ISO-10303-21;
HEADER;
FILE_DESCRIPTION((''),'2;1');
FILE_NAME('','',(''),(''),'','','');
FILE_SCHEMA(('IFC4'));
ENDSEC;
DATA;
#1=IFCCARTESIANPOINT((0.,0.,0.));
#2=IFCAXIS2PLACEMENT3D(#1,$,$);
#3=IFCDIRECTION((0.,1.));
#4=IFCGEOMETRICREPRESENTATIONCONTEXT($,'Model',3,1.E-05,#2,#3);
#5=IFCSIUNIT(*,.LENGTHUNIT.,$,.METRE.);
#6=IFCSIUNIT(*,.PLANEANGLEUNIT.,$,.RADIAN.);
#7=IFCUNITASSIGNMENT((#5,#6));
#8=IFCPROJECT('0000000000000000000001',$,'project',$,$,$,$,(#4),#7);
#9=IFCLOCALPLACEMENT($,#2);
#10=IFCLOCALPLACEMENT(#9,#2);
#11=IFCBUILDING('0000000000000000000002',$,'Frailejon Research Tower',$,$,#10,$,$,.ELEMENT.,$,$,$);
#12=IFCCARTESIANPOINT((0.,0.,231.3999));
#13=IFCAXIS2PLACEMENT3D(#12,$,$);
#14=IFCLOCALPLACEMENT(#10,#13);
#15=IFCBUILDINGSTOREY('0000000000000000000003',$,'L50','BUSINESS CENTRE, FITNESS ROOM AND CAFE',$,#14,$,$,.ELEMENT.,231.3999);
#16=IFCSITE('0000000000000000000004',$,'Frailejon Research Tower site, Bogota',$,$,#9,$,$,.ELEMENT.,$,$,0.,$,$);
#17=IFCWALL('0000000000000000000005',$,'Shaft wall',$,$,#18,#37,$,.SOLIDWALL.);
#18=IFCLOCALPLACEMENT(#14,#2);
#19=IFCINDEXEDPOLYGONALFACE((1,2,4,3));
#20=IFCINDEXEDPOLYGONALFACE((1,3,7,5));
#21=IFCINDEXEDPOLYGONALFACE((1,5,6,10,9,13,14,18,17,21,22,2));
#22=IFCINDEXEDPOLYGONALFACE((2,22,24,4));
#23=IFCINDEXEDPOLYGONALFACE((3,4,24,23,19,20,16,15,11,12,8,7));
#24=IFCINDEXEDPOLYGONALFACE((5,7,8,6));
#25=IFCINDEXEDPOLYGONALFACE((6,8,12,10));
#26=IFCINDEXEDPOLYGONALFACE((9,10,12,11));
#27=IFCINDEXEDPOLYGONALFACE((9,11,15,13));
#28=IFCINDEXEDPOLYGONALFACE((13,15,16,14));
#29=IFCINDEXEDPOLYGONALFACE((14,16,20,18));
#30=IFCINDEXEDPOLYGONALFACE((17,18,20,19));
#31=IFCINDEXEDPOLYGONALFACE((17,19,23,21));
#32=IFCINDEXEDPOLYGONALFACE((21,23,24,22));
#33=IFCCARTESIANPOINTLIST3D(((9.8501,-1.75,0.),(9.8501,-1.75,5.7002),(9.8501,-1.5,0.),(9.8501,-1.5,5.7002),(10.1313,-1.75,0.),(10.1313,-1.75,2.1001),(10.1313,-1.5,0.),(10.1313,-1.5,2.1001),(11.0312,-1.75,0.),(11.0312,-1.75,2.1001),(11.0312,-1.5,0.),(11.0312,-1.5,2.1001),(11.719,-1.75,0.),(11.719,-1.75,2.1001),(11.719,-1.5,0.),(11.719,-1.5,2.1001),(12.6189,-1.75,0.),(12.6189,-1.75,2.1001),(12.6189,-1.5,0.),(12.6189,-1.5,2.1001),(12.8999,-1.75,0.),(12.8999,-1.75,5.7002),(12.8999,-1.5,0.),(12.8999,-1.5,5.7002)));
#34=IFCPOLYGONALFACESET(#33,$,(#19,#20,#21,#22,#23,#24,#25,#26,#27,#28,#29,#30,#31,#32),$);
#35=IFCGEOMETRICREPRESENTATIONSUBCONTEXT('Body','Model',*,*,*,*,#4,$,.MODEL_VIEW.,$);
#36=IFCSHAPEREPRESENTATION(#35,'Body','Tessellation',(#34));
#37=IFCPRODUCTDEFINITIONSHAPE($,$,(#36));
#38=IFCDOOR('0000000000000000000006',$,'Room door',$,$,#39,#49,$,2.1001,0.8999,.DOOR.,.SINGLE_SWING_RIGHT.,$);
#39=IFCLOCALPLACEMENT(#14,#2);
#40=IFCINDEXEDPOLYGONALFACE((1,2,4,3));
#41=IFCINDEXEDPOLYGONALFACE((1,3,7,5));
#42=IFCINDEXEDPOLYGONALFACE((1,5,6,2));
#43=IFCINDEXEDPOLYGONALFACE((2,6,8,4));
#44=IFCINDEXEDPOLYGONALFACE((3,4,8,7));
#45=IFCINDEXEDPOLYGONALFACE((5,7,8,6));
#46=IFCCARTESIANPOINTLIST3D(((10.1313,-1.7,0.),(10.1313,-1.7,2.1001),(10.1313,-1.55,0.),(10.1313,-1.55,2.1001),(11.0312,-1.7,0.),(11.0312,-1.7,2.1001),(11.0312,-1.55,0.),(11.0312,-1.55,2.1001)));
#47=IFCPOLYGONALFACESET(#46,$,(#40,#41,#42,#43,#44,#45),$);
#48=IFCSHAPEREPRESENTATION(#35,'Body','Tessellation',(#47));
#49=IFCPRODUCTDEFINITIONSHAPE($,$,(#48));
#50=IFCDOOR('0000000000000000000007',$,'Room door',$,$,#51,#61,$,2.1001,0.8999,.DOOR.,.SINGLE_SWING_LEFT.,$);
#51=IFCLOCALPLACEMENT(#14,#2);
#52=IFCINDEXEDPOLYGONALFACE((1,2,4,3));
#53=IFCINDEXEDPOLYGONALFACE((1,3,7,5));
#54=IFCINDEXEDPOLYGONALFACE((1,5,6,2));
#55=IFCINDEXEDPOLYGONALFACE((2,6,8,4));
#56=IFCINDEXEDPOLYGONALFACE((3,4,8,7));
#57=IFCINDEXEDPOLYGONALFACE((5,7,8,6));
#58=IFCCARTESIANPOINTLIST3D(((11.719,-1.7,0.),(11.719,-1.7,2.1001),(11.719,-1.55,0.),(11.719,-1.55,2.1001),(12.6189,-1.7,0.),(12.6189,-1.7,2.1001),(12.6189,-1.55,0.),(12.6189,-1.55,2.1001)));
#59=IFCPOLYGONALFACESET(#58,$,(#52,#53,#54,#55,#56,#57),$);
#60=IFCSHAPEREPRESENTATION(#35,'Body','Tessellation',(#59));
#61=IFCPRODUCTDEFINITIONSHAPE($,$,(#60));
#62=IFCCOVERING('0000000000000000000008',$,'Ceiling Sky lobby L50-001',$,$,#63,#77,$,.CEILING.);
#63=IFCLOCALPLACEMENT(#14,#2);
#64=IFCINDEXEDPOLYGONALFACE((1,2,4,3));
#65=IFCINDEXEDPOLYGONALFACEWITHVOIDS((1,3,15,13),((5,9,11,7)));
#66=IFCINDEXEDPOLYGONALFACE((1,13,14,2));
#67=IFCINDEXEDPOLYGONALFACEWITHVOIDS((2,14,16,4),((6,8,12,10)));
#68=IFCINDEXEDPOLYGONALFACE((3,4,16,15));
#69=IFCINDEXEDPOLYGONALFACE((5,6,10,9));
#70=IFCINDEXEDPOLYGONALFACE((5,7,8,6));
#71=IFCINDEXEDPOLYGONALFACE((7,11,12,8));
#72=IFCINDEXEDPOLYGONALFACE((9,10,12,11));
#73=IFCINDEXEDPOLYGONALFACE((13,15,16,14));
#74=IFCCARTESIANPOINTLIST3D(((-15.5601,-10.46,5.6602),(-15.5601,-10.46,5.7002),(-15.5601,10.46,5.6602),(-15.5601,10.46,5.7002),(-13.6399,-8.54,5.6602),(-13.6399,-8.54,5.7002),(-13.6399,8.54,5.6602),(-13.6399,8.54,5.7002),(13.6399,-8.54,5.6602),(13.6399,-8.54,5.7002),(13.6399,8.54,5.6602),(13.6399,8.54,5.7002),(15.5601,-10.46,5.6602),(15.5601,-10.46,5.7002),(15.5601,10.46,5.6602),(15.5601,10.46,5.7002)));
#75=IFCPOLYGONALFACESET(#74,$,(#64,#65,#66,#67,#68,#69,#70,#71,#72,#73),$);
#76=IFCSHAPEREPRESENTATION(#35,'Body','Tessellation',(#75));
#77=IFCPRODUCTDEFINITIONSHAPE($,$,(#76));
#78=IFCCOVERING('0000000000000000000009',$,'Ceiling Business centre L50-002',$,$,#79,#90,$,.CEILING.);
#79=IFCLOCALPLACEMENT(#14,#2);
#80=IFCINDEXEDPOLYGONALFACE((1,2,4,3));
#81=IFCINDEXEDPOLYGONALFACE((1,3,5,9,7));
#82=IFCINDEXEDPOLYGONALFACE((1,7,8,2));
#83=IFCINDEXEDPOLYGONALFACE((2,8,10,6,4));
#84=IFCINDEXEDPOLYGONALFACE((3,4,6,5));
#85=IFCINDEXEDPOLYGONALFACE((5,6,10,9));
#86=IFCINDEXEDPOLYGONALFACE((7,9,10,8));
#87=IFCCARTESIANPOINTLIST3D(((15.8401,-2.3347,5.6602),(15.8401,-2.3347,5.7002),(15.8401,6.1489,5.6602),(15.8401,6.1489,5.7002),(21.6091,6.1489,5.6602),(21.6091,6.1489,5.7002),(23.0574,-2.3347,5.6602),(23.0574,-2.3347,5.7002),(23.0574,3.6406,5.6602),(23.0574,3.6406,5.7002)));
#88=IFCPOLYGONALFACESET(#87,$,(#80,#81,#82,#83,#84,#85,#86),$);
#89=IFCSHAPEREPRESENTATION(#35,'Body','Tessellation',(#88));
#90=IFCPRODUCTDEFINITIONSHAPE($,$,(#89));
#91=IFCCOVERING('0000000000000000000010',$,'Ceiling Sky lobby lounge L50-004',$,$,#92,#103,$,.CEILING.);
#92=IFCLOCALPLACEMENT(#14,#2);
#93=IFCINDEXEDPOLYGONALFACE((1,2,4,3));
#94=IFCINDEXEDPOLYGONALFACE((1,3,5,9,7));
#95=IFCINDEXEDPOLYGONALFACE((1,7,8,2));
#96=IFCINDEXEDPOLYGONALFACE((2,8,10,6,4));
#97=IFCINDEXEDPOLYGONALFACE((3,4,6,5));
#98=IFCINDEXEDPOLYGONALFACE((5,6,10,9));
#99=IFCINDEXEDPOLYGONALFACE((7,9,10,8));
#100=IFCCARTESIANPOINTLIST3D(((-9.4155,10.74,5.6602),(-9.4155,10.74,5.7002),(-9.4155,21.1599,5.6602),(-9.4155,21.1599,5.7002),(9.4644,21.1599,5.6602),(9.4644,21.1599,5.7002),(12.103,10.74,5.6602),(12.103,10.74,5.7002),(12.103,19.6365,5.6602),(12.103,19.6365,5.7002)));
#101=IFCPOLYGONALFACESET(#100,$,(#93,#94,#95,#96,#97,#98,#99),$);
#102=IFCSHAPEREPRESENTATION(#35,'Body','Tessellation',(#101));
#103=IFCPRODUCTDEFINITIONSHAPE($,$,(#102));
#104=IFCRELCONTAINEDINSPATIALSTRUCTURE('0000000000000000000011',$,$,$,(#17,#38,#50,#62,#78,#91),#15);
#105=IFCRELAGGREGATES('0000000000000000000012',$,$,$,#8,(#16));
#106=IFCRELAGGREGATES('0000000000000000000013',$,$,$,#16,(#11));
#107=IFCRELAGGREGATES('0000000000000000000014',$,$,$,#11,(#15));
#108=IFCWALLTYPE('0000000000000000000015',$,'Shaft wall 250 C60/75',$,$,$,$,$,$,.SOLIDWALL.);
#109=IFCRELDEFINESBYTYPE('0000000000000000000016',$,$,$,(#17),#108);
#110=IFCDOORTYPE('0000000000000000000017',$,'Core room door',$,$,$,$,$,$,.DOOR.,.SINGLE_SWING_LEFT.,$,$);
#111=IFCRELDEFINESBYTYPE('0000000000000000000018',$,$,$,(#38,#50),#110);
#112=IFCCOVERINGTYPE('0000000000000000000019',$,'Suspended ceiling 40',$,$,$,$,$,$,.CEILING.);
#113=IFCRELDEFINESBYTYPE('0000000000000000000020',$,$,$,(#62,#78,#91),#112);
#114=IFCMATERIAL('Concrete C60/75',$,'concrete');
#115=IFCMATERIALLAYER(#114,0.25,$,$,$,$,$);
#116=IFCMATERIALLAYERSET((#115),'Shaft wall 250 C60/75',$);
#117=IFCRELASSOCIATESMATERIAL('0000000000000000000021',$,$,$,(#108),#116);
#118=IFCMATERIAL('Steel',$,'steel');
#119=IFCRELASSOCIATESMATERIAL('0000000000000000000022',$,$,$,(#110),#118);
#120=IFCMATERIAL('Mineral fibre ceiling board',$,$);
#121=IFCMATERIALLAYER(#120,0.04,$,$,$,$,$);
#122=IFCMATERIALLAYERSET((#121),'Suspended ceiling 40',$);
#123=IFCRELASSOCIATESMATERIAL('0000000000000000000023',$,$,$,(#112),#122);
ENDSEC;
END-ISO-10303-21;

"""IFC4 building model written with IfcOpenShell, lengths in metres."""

from ifc_helpers import new_model, si_unit, direction, frame, frame_2d, origin, place, context, subcontext, project, spatial, polyline, rectangle, outline, extrude, material, layer, layer_set, type_object, element, fill, save


model = new_model("IFC4")

# Units and contexts
model_context = context("Model", 3, precision=1e-05, world=origin(), true_north=direction((0.0, 1.0)))
body_context = subcontext(model_context, "Body", "Model", "MODEL_VIEW")
ifc_project = project(units=[si_unit("LENGTHUNIT", "METRE"), si_unit("PLANEANGLEUNIT", "RADIAN")], contexts=[model_context])

# Site, building, storey
site_placement = place(None, origin())
site = spatial("IfcSite", under=ifc_project, at=site_placement, Name="Frailejon Research Tower site, Bogota", CompositionType="ELEMENT", RefElevation=0.0)
building_placement = place(site_placement, origin())
building = spatial("IfcBuilding", under=site, at=building_placement, Name="Frailejon Research Tower", CompositionType="ELEMENT")
storey_placement = place(building_placement, frame((0.0, 0.0, 231.3999)))
storey = spatial("IfcBuildingStorey", under=building, at=storey_placement, Name="L50", Description="BUSINESS CENTRE, FITNESS ROOM AND CAFE", CompositionType="ELEMENT", Elevation=231.3999)

# Wall, openings, doors
ifc_material_1 = material(Name="Concrete C60/75", Category="concrete")
ifc_layer_1 = layer(ifc_material_1, 0.25)
ifc_layer_set_1 = layer_set([ifc_layer_1], Name="Shaft wall 250 C60/75")
wall_type = type_object("IfcWallType", Name="Shaft wall 250 C60/75", PredefinedType="SOLIDWALL", material=ifc_layer_set_1)
wall_placement = place(storey_placement, frame((9.8501, -1.625, 0.0), z_axis=(0.0, 0.0, 1.0), x_axis=(1.0, 0.0, 0.0)))
wall = element("IfcWall", 1, at=wall_placement, inside=storey, type_object=wall_type, Name="Shaft wall", PredefinedType="SOLIDWALL", context=body_context, shape_type="SweptSolid", body=[
    extrude(rectangle(XDim=3.0498, YDim=0.25, at=frame_2d((1.5249, 0.0))), origin(), (0.0, 0.0, 1.0), 5.7002),
])
opening_1_placement = place(wall_placement, frame((0.2812, 0.0, 0.0)))
opening_1 = element("IfcOpeningElement", 2, at=opening_1_placement, cuts=wall, PredefinedType="OPENING", context=body_context, shape_type="SweptSolid", body=[
    extrude(rectangle(XDim=0.8999, YDim=2.1001, at=frame_2d((0.45, 1.05))), frame((0.0, 0.135, 0.0), z_axis=(0.0, -1.0, 0.0), x_axis=(1.0, 0.0, 0.0)), (0.0, 0.0, 1.0), 0.27),
])
opening_2_placement = place(wall_placement, frame((1.8689, 0.0, 0.0)))
opening_2 = element("IfcOpeningElement", 3, at=opening_2_placement, cuts=wall, PredefinedType="OPENING", context=body_context, shape_type="SweptSolid", body=[
    extrude(rectangle(XDim=0.8999, YDim=2.1001, at=frame_2d((0.45, 1.05))), frame((0.0, 0.135, 0.0), z_axis=(0.0, -1.0, 0.0), x_axis=(1.0, 0.0, 0.0)), (0.0, 0.0, 1.0), 0.27),
])
ifc_material_2 = material(Name="Steel", Category="steel")
door_type = type_object("IfcDoorType", Name="Core room door", OperationType="SINGLE_SWING_LEFT", PredefinedType="DOOR", material=ifc_material_2)
door_1_placement = place(opening_1_placement, origin())
door_1 = element("IfcDoor", 4, at=door_1_placement, inside=storey, type_object=door_type, Name="Room door", OperationType="SINGLE_SWING_RIGHT", OverallHeight=2.1001, OverallWidth=0.8999, PredefinedType="DOOR", context=body_context, shape_type="SweptSolid", body=[
    extrude(rectangle(XDim=0.8999, YDim=2.1001, at=frame_2d((0.45, 1.05))), frame((0.0, 0.075, 0.0), z_axis=(0.0, -1.0, 0.0), x_axis=(1.0, 0.0, 0.0)), (0.0, 0.0, 1.0), 0.1499),
])
fill(opening_1, door_1)
door_2_placement = place(opening_2_placement, origin())
door_2 = element("IfcDoor", 5, at=door_2_placement, inside=storey, type_object=door_type, Name="Room door", OperationType="SINGLE_SWING_LEFT", OverallHeight=2.1001, OverallWidth=0.8999, PredefinedType="DOOR", context=body_context, shape_type="SweptSolid", body=[
    extrude(rectangle(XDim=0.8999, YDim=2.1001, at=frame_2d((0.45, 1.05))), frame((0.0, 0.075, 0.0), z_axis=(0.0, -1.0, 0.0), x_axis=(1.0, 0.0, 0.0)), (0.0, 0.0, 1.0), 0.1499),
])
fill(opening_2, door_2)

# Coverings
ifc_material_3 = material(Name="Mineral fibre ceiling board")
ifc_layer_2 = layer(ifc_material_3, 0.04)
ifc_layer_set_2 = layer_set([ifc_layer_2], Name="Suspended ceiling 40")
covering_type = type_object("IfcCoveringType", Name="Suspended ceiling 40", PredefinedType="CEILING", material=ifc_layer_set_2)
covering_1_placement = place(storey_placement, frame((0.0, 0.0, 5.6602)))
element("IfcCovering", 6, at=covering_1_placement, inside=storey, type_object=covering_type, Name="Ceiling Sky lobby L50-001", PredefinedType="CEILING", context=body_context, shape_type="SweptSolid", body=[
    extrude(outline(polyline([(15.5601, 10.46), (-15.5601, 10.46), (-15.5601, -10.46), (15.5601, -10.46), (15.5601, 10.46)]), holes=[polyline([(-13.6399, -8.54), (-13.6399, 8.54), (13.6399, 8.54), (13.6399, -8.54), (-13.6399, -8.54)])]), origin(), (0.0, 0.0, 1.0), 0.04),
])
covering_2_placement = place(storey_placement, frame((0.0, 0.0, 5.6602)))
element("IfcCovering", 7, at=covering_2_placement, inside=storey, type_object=covering_type, Name="Ceiling Business centre L50-002", PredefinedType="CEILING", context=body_context, shape_type="SweptSolid", body=[
    extrude(outline(polyline([(23.0574, 3.6406), (21.6091, 6.1489), (15.8401, 6.1489), (15.8401, -2.3347), (23.0574, -2.3347), (23.0574, 3.6406)])), origin(), (0.0, 0.0, 1.0), 0.04),
])
covering_3_placement = place(storey_placement, frame((0.0, 0.0, 5.6602)))
element("IfcCovering", 8, at=covering_3_placement, inside=storey, type_object=covering_type, Name="Ceiling Sky lobby lounge L50-004", PredefinedType="CEILING", context=body_context, shape_type="SweptSolid", body=[
    extrude(outline(polyline([(-9.4155, 10.74), (12.103, 10.74), (12.103, 19.6365), (9.4644, 21.1599), (-9.4155, 21.1599), (-9.4155, 10.74)])), origin(), (0.0, 0.0, 1.0), 0.04),
])

save(model, "model.ifc")
